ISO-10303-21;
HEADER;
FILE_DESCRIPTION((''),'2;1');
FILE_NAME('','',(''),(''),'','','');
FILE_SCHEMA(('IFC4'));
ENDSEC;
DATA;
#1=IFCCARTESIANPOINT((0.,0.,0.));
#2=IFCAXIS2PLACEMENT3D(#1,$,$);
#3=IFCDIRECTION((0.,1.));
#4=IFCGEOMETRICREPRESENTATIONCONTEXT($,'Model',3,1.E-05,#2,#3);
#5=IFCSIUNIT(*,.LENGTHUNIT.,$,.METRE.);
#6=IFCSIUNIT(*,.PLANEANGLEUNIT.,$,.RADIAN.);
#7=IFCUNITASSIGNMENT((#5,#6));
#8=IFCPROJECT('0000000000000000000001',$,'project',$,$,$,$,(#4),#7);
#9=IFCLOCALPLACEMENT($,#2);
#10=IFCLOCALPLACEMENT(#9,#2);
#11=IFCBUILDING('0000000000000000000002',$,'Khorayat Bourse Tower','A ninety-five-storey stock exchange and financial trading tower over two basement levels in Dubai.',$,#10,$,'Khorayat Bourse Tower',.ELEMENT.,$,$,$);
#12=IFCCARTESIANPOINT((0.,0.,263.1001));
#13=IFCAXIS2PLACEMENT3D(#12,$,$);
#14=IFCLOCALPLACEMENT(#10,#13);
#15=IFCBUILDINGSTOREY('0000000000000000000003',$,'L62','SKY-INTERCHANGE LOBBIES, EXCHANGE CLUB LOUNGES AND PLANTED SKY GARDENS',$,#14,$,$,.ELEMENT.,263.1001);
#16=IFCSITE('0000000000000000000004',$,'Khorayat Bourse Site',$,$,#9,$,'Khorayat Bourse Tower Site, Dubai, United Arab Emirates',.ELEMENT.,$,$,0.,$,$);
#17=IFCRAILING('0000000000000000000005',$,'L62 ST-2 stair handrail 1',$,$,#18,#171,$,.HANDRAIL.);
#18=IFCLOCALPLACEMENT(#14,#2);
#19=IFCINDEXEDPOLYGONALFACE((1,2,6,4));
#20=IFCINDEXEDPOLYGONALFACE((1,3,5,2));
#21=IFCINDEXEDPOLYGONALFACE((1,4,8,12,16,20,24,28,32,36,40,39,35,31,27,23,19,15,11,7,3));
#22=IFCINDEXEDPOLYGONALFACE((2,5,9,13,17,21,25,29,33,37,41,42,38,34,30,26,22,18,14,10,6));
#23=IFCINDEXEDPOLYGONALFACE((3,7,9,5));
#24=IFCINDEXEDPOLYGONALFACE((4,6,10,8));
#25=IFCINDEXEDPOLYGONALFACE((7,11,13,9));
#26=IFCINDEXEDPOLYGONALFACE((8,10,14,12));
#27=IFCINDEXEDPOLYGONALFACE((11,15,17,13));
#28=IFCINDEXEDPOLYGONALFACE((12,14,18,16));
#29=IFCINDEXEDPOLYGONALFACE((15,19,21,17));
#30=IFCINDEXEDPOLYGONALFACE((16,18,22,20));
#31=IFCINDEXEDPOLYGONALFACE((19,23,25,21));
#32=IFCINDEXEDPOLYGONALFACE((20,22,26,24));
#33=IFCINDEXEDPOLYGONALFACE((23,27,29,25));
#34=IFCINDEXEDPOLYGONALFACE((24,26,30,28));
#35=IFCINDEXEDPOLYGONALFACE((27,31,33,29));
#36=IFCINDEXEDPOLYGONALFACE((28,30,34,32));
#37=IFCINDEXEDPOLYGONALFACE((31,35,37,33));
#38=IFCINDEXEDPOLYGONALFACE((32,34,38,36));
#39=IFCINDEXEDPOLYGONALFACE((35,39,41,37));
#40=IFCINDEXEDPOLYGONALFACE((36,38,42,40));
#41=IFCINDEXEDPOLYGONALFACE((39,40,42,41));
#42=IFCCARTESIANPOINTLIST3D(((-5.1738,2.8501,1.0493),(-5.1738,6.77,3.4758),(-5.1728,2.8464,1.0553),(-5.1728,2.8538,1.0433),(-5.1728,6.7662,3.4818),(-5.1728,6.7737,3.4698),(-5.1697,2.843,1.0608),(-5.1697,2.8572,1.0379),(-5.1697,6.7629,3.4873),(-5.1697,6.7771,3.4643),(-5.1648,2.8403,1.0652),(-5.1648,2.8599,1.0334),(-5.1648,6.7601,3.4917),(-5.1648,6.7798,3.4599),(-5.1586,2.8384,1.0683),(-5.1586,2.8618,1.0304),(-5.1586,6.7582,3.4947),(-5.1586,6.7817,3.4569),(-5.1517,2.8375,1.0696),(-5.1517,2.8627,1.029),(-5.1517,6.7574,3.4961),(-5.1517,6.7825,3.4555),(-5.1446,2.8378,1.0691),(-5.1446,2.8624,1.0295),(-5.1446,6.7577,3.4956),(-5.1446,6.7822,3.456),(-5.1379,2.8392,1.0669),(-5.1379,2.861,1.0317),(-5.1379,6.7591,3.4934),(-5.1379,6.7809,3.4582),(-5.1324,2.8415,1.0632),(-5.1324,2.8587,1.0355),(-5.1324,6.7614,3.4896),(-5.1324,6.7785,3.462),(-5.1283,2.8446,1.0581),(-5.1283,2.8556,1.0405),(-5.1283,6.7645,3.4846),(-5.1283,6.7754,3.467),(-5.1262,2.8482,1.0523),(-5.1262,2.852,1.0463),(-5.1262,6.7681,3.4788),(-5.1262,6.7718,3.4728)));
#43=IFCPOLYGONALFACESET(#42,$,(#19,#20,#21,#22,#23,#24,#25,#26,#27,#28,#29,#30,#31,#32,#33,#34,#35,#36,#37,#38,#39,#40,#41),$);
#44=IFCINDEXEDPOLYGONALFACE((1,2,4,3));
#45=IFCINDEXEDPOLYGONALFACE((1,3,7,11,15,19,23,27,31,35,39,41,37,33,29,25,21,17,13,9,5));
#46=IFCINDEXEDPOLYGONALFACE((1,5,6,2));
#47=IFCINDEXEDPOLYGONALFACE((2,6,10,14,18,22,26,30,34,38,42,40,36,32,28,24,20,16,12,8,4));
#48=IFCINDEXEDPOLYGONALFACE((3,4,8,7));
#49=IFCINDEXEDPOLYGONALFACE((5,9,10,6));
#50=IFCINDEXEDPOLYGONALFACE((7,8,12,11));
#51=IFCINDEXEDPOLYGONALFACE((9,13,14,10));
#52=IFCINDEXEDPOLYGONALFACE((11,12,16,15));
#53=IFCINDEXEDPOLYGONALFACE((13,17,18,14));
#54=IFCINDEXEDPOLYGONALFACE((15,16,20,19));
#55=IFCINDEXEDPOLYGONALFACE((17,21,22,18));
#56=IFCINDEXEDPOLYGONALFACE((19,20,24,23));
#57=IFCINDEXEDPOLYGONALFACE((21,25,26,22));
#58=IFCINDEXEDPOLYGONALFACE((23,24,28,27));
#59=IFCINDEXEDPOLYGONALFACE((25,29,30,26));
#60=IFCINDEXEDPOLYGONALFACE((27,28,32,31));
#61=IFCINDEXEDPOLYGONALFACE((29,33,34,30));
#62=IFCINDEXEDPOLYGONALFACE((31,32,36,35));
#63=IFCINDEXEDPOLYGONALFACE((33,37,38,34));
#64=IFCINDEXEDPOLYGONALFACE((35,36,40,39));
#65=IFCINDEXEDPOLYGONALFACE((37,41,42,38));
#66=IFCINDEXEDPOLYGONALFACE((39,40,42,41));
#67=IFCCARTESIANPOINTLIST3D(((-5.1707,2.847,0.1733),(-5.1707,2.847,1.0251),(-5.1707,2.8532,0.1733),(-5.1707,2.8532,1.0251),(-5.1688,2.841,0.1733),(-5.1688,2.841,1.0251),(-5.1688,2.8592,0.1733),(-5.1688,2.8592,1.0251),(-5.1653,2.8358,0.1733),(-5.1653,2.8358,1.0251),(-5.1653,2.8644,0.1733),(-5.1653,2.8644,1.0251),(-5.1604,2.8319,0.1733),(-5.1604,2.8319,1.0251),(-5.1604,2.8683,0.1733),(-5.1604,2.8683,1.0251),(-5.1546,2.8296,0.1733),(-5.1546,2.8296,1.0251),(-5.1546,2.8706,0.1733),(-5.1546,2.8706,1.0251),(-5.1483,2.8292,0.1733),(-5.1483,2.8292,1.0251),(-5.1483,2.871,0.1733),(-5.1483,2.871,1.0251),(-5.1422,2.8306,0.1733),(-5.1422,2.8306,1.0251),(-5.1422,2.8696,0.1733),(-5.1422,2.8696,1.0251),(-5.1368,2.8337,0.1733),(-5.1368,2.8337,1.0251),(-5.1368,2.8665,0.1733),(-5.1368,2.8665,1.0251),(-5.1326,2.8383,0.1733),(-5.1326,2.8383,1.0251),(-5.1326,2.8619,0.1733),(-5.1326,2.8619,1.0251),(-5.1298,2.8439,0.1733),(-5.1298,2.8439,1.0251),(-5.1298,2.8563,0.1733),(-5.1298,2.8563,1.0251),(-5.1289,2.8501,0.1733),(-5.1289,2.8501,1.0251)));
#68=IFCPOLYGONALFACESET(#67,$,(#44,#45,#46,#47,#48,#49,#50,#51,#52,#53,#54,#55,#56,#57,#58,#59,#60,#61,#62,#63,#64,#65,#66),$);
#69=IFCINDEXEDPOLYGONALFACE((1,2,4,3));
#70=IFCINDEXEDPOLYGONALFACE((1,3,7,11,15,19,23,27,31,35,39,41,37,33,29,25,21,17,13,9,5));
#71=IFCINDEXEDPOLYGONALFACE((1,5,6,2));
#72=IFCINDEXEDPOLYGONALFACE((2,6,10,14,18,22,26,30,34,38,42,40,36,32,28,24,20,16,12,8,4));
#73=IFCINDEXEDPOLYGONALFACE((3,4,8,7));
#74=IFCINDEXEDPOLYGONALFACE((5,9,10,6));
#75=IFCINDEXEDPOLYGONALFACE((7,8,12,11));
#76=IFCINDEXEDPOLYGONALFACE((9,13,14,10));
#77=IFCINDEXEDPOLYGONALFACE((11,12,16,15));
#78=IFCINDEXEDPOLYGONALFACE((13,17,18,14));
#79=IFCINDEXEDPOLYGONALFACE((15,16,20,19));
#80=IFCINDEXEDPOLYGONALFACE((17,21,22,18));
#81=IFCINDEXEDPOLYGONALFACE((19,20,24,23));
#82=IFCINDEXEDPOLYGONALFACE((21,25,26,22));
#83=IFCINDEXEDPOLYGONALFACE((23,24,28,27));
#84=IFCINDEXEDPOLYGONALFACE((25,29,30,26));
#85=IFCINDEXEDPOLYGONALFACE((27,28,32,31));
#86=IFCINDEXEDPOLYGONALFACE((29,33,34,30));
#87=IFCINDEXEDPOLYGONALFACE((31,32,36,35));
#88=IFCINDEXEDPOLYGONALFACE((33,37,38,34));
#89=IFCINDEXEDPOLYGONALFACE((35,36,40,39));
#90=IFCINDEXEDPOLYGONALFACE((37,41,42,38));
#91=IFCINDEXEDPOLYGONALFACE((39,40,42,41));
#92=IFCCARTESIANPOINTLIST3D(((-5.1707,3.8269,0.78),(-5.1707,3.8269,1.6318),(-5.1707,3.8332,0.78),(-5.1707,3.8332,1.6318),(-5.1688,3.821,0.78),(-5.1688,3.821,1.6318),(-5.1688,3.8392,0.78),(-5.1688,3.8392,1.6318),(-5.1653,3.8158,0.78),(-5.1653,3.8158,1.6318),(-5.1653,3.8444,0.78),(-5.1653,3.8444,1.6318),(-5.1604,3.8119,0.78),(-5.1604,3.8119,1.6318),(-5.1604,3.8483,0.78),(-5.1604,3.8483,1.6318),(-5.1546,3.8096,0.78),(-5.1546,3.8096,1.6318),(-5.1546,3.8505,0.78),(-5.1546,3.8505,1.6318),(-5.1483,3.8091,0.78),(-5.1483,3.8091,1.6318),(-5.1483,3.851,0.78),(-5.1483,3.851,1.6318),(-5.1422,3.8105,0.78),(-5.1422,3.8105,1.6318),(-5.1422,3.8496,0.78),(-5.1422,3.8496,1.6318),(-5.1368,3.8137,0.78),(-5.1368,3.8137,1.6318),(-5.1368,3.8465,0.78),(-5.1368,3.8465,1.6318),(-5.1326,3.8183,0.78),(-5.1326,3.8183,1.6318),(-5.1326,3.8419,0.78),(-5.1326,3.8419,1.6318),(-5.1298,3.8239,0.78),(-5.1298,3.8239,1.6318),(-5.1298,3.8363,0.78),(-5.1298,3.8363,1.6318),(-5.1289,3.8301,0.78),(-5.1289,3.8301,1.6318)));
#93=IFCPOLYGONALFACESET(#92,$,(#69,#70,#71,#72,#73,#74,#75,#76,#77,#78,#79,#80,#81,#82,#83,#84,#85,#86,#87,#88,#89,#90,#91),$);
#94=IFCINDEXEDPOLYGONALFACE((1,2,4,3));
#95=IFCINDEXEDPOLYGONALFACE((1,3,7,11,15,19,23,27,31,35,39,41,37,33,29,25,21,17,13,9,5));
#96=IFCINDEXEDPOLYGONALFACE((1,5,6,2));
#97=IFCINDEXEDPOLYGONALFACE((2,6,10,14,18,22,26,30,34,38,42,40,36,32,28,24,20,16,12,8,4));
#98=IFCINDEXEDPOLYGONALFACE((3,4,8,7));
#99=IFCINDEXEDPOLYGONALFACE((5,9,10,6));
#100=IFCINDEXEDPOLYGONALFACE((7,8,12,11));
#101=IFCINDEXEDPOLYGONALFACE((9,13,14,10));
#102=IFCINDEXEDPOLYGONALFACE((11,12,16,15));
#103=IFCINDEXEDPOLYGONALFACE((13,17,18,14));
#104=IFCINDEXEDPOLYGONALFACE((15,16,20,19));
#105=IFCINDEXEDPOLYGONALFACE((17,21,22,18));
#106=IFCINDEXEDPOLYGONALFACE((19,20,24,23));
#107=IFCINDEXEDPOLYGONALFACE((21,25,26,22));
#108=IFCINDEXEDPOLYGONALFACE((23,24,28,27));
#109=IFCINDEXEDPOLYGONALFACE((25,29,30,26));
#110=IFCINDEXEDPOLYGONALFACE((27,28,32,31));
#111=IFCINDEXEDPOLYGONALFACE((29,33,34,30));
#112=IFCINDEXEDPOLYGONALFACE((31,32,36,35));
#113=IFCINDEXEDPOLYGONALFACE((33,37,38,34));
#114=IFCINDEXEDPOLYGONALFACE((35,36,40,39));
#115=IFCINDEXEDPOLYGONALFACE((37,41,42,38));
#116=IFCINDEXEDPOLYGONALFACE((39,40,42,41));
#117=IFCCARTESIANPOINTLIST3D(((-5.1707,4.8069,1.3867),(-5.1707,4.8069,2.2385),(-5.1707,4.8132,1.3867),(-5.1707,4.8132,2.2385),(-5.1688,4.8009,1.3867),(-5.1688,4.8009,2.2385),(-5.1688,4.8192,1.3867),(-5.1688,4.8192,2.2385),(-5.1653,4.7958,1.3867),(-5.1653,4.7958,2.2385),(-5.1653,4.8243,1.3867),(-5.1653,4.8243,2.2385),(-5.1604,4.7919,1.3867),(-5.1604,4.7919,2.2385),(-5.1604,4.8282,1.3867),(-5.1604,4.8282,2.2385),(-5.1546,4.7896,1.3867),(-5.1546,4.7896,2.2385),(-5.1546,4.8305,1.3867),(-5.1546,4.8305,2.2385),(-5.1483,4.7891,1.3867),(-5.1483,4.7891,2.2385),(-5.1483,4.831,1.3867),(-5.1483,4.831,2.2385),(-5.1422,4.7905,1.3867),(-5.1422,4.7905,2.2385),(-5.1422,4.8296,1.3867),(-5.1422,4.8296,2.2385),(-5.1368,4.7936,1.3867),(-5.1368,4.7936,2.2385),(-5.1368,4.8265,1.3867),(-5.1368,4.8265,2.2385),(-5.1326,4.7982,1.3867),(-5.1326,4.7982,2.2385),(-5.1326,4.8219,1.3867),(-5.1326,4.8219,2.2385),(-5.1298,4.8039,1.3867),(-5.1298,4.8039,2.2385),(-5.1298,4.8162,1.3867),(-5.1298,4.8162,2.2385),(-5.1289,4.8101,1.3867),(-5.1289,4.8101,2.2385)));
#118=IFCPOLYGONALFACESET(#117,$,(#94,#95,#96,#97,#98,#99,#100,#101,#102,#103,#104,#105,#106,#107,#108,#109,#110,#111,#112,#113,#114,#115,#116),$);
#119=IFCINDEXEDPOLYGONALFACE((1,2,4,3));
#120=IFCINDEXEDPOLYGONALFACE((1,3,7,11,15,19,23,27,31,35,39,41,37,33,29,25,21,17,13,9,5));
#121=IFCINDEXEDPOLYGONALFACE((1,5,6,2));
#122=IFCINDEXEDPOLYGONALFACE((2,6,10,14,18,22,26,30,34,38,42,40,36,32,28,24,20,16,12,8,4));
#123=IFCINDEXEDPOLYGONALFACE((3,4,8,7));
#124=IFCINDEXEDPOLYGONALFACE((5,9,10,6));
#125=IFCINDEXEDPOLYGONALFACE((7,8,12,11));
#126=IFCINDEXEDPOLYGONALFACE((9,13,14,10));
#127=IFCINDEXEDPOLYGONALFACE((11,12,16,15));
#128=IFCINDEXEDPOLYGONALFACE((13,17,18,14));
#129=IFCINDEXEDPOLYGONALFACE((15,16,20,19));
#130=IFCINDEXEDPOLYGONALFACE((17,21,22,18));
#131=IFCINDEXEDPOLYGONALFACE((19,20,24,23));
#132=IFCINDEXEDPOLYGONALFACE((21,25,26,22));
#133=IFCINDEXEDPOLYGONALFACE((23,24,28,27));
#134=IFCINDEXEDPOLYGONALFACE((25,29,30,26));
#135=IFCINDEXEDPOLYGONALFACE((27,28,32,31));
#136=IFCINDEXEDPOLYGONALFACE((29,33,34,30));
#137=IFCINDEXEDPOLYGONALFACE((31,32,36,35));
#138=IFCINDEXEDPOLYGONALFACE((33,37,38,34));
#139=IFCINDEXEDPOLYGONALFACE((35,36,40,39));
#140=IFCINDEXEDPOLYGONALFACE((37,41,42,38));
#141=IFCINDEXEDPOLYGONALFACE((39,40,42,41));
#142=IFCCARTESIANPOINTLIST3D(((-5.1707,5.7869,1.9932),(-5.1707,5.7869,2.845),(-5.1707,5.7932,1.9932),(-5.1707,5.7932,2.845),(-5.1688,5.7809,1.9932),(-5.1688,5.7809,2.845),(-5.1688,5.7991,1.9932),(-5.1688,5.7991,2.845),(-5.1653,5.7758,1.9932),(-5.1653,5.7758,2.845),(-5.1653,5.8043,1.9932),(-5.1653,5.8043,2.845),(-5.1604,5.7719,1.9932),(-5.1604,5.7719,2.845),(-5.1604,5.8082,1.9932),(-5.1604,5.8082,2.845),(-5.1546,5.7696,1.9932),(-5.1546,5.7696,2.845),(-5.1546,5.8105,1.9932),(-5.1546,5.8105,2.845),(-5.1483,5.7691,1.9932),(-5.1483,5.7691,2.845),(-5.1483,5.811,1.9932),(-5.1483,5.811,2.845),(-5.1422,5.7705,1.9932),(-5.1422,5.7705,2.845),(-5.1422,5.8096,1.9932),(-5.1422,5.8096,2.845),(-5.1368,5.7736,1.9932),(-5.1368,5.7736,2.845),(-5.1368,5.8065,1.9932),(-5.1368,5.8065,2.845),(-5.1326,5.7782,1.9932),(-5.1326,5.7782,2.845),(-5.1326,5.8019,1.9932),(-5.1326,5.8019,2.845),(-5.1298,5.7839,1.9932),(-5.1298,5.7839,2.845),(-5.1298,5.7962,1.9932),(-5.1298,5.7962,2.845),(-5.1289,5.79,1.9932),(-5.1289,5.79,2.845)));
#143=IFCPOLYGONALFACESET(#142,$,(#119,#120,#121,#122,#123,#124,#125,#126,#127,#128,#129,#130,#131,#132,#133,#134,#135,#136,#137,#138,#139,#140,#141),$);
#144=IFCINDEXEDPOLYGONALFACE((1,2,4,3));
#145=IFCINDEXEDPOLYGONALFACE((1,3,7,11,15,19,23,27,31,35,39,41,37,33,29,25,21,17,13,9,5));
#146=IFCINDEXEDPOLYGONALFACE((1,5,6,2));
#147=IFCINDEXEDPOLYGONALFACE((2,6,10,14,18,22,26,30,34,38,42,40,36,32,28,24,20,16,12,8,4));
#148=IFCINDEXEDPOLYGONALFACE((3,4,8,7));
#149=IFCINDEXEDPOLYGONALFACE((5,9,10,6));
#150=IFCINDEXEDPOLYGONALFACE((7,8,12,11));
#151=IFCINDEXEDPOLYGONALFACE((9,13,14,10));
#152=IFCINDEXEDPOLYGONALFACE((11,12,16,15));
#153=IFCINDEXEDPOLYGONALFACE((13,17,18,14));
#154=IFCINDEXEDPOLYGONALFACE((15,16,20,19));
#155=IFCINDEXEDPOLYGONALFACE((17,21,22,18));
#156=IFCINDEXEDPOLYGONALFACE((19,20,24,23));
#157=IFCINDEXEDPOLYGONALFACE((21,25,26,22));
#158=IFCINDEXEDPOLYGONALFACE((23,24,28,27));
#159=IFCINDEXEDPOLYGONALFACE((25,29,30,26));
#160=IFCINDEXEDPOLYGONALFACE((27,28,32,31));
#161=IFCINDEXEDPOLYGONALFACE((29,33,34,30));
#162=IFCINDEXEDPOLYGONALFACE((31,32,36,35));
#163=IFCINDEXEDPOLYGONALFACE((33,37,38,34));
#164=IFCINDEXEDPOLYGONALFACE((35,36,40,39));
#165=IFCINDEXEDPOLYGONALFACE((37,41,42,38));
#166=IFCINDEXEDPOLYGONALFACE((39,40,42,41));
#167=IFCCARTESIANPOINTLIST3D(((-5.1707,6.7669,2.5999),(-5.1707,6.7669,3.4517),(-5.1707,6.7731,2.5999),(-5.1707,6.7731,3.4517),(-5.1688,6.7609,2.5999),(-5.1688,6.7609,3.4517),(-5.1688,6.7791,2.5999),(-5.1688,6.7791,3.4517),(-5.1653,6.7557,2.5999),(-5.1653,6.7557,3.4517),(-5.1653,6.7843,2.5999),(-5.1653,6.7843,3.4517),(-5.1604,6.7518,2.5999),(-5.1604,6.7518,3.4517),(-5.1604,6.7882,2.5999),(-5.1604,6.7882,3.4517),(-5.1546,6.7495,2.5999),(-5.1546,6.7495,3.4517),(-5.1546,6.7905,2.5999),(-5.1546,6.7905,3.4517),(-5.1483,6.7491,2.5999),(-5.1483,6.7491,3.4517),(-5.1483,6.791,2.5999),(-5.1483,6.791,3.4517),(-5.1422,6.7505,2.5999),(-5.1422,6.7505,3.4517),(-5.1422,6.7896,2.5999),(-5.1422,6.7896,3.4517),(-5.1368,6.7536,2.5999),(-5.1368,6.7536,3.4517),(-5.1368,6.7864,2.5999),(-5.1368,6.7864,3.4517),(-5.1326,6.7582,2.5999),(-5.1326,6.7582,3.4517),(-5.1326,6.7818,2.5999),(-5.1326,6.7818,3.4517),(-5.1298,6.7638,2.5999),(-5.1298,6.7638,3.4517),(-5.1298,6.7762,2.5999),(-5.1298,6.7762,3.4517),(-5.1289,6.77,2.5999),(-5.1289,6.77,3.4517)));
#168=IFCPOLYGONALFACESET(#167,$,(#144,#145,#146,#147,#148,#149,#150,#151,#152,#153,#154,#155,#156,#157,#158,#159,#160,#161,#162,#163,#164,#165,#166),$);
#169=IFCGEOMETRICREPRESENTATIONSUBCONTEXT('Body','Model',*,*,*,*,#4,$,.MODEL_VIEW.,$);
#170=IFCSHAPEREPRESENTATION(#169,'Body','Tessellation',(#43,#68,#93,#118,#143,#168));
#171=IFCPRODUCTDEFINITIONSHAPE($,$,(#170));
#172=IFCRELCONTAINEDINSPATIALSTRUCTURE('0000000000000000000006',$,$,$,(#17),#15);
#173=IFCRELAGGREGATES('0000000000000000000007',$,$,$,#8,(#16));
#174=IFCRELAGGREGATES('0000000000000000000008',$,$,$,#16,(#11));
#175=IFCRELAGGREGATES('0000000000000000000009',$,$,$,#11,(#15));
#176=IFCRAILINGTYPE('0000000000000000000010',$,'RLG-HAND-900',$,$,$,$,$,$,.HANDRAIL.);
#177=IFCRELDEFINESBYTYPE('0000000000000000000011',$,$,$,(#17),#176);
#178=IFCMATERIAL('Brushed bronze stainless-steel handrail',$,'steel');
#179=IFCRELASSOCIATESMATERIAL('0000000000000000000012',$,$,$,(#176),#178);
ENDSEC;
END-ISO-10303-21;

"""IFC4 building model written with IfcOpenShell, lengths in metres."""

from ifc_helpers import new_model, si_unit, direction, frame, origin, origin_2d, place, context, subcontext, project, spatial, circle, extrude, source, transform, mapped, material, type_object, element, save


model = new_model("IFC4")

# Units and contexts
model_context = context("Model", 3, precision=1e-05, world=origin(), true_north=direction((0.0, 1.0)))
body_context = subcontext(model_context, "Body", "Model", "MODEL_VIEW")
ifc_project = project(units=[si_unit("LENGTHUNIT", "METRE"), si_unit("PLANEANGLEUNIT", "RADIAN")], contexts=[model_context])

# Site, building, storey
site_placement = place(None, origin())
site = spatial("IfcSite", under=ifc_project, at=site_placement, Name="Khorayat Bourse Site", LongName="Khorayat Bourse Tower Site, Dubai, United Arab Emirates", CompositionType="ELEMENT", RefElevation=0.0)
building_placement = place(site_placement, origin())
building = spatial("IfcBuilding", under=site, at=building_placement, Name="Khorayat Bourse Tower", Description="A ninety-five-storey stock exchange and financial trading tower over two basement levels in Dubai.", LongName="Khorayat Bourse Tower", CompositionType="ELEMENT")
storey_placement = place(building_placement, frame((0.0, 0.0, 263.1001)))
storey = spatial("IfcBuildingStorey", under=building, at=storey_placement, Name="L62", Description="SKY-INTERCHANGE LOBBIES, EXCHANGE CLUB LOUNGES AND PLANTED SKY GARDENS", CompositionType="ELEMENT", Elevation=263.1001)

# Railing
ifc_material_1 = material(Name="Brushed bronze stainless-steel handrail", Category="steel")
railing_type_1 = type_object("IfcRailingType", Name="RLG-HAND-900", PredefinedType="HANDRAIL", material=ifc_material_1)
shared_shape_1 = source(origin(), body_context, "Body", "SweptSolid", [
    extrude(circle(Radius=0.0239, at=origin_2d()), frame((0.0, 0.0, 0.876), z_axis=(0.0, 0.850275, 0.526338), x_axis=(-1.0, 0.0, 0.0)), (0.0, 0.0, 1.0), 4.6101),
    extrude(circle(Radius=0.021, at=origin_2d()), origin(), (0.0, 0.0, 1.0), 0.8518),
    extrude(circle(Radius=0.021, at=origin_2d()), frame((0.0, 0.98, 0.6067)), (0.0, 0.0, 1.0), 0.8518),
    extrude(circle(Radius=0.021, at=origin_2d()), frame((0.0, 1.96, 1.2134)), (0.0, 0.0, 1.0), 0.8518),
    extrude(circle(Radius=0.021, at=origin_2d()), frame((0.0, 2.9399, 1.8198)), (0.0, 0.0, 1.0), 0.8518),
    extrude(circle(Radius=0.021, at=origin_2d()), frame((0.0, 3.9199, 2.4265)), (0.0, 0.0, 1.0), 0.8518),
])
railing_1_placement = place(storey_placement, frame((-5.1499, 2.8501, 0.1733)))
element("IfcRailing", 1, at=railing_1_placement, inside=storey, type_object=railing_type_1, Name="L62 ST-2 stair handrail 1", PredefinedType="HANDRAIL", context=body_context, shape_type="MappedRepresentation", body=[
    mapped(shared_shape_1, transform((0.0, 0.0, 0.0), scale=1.0)),
])

save(model, "model.ifc")
